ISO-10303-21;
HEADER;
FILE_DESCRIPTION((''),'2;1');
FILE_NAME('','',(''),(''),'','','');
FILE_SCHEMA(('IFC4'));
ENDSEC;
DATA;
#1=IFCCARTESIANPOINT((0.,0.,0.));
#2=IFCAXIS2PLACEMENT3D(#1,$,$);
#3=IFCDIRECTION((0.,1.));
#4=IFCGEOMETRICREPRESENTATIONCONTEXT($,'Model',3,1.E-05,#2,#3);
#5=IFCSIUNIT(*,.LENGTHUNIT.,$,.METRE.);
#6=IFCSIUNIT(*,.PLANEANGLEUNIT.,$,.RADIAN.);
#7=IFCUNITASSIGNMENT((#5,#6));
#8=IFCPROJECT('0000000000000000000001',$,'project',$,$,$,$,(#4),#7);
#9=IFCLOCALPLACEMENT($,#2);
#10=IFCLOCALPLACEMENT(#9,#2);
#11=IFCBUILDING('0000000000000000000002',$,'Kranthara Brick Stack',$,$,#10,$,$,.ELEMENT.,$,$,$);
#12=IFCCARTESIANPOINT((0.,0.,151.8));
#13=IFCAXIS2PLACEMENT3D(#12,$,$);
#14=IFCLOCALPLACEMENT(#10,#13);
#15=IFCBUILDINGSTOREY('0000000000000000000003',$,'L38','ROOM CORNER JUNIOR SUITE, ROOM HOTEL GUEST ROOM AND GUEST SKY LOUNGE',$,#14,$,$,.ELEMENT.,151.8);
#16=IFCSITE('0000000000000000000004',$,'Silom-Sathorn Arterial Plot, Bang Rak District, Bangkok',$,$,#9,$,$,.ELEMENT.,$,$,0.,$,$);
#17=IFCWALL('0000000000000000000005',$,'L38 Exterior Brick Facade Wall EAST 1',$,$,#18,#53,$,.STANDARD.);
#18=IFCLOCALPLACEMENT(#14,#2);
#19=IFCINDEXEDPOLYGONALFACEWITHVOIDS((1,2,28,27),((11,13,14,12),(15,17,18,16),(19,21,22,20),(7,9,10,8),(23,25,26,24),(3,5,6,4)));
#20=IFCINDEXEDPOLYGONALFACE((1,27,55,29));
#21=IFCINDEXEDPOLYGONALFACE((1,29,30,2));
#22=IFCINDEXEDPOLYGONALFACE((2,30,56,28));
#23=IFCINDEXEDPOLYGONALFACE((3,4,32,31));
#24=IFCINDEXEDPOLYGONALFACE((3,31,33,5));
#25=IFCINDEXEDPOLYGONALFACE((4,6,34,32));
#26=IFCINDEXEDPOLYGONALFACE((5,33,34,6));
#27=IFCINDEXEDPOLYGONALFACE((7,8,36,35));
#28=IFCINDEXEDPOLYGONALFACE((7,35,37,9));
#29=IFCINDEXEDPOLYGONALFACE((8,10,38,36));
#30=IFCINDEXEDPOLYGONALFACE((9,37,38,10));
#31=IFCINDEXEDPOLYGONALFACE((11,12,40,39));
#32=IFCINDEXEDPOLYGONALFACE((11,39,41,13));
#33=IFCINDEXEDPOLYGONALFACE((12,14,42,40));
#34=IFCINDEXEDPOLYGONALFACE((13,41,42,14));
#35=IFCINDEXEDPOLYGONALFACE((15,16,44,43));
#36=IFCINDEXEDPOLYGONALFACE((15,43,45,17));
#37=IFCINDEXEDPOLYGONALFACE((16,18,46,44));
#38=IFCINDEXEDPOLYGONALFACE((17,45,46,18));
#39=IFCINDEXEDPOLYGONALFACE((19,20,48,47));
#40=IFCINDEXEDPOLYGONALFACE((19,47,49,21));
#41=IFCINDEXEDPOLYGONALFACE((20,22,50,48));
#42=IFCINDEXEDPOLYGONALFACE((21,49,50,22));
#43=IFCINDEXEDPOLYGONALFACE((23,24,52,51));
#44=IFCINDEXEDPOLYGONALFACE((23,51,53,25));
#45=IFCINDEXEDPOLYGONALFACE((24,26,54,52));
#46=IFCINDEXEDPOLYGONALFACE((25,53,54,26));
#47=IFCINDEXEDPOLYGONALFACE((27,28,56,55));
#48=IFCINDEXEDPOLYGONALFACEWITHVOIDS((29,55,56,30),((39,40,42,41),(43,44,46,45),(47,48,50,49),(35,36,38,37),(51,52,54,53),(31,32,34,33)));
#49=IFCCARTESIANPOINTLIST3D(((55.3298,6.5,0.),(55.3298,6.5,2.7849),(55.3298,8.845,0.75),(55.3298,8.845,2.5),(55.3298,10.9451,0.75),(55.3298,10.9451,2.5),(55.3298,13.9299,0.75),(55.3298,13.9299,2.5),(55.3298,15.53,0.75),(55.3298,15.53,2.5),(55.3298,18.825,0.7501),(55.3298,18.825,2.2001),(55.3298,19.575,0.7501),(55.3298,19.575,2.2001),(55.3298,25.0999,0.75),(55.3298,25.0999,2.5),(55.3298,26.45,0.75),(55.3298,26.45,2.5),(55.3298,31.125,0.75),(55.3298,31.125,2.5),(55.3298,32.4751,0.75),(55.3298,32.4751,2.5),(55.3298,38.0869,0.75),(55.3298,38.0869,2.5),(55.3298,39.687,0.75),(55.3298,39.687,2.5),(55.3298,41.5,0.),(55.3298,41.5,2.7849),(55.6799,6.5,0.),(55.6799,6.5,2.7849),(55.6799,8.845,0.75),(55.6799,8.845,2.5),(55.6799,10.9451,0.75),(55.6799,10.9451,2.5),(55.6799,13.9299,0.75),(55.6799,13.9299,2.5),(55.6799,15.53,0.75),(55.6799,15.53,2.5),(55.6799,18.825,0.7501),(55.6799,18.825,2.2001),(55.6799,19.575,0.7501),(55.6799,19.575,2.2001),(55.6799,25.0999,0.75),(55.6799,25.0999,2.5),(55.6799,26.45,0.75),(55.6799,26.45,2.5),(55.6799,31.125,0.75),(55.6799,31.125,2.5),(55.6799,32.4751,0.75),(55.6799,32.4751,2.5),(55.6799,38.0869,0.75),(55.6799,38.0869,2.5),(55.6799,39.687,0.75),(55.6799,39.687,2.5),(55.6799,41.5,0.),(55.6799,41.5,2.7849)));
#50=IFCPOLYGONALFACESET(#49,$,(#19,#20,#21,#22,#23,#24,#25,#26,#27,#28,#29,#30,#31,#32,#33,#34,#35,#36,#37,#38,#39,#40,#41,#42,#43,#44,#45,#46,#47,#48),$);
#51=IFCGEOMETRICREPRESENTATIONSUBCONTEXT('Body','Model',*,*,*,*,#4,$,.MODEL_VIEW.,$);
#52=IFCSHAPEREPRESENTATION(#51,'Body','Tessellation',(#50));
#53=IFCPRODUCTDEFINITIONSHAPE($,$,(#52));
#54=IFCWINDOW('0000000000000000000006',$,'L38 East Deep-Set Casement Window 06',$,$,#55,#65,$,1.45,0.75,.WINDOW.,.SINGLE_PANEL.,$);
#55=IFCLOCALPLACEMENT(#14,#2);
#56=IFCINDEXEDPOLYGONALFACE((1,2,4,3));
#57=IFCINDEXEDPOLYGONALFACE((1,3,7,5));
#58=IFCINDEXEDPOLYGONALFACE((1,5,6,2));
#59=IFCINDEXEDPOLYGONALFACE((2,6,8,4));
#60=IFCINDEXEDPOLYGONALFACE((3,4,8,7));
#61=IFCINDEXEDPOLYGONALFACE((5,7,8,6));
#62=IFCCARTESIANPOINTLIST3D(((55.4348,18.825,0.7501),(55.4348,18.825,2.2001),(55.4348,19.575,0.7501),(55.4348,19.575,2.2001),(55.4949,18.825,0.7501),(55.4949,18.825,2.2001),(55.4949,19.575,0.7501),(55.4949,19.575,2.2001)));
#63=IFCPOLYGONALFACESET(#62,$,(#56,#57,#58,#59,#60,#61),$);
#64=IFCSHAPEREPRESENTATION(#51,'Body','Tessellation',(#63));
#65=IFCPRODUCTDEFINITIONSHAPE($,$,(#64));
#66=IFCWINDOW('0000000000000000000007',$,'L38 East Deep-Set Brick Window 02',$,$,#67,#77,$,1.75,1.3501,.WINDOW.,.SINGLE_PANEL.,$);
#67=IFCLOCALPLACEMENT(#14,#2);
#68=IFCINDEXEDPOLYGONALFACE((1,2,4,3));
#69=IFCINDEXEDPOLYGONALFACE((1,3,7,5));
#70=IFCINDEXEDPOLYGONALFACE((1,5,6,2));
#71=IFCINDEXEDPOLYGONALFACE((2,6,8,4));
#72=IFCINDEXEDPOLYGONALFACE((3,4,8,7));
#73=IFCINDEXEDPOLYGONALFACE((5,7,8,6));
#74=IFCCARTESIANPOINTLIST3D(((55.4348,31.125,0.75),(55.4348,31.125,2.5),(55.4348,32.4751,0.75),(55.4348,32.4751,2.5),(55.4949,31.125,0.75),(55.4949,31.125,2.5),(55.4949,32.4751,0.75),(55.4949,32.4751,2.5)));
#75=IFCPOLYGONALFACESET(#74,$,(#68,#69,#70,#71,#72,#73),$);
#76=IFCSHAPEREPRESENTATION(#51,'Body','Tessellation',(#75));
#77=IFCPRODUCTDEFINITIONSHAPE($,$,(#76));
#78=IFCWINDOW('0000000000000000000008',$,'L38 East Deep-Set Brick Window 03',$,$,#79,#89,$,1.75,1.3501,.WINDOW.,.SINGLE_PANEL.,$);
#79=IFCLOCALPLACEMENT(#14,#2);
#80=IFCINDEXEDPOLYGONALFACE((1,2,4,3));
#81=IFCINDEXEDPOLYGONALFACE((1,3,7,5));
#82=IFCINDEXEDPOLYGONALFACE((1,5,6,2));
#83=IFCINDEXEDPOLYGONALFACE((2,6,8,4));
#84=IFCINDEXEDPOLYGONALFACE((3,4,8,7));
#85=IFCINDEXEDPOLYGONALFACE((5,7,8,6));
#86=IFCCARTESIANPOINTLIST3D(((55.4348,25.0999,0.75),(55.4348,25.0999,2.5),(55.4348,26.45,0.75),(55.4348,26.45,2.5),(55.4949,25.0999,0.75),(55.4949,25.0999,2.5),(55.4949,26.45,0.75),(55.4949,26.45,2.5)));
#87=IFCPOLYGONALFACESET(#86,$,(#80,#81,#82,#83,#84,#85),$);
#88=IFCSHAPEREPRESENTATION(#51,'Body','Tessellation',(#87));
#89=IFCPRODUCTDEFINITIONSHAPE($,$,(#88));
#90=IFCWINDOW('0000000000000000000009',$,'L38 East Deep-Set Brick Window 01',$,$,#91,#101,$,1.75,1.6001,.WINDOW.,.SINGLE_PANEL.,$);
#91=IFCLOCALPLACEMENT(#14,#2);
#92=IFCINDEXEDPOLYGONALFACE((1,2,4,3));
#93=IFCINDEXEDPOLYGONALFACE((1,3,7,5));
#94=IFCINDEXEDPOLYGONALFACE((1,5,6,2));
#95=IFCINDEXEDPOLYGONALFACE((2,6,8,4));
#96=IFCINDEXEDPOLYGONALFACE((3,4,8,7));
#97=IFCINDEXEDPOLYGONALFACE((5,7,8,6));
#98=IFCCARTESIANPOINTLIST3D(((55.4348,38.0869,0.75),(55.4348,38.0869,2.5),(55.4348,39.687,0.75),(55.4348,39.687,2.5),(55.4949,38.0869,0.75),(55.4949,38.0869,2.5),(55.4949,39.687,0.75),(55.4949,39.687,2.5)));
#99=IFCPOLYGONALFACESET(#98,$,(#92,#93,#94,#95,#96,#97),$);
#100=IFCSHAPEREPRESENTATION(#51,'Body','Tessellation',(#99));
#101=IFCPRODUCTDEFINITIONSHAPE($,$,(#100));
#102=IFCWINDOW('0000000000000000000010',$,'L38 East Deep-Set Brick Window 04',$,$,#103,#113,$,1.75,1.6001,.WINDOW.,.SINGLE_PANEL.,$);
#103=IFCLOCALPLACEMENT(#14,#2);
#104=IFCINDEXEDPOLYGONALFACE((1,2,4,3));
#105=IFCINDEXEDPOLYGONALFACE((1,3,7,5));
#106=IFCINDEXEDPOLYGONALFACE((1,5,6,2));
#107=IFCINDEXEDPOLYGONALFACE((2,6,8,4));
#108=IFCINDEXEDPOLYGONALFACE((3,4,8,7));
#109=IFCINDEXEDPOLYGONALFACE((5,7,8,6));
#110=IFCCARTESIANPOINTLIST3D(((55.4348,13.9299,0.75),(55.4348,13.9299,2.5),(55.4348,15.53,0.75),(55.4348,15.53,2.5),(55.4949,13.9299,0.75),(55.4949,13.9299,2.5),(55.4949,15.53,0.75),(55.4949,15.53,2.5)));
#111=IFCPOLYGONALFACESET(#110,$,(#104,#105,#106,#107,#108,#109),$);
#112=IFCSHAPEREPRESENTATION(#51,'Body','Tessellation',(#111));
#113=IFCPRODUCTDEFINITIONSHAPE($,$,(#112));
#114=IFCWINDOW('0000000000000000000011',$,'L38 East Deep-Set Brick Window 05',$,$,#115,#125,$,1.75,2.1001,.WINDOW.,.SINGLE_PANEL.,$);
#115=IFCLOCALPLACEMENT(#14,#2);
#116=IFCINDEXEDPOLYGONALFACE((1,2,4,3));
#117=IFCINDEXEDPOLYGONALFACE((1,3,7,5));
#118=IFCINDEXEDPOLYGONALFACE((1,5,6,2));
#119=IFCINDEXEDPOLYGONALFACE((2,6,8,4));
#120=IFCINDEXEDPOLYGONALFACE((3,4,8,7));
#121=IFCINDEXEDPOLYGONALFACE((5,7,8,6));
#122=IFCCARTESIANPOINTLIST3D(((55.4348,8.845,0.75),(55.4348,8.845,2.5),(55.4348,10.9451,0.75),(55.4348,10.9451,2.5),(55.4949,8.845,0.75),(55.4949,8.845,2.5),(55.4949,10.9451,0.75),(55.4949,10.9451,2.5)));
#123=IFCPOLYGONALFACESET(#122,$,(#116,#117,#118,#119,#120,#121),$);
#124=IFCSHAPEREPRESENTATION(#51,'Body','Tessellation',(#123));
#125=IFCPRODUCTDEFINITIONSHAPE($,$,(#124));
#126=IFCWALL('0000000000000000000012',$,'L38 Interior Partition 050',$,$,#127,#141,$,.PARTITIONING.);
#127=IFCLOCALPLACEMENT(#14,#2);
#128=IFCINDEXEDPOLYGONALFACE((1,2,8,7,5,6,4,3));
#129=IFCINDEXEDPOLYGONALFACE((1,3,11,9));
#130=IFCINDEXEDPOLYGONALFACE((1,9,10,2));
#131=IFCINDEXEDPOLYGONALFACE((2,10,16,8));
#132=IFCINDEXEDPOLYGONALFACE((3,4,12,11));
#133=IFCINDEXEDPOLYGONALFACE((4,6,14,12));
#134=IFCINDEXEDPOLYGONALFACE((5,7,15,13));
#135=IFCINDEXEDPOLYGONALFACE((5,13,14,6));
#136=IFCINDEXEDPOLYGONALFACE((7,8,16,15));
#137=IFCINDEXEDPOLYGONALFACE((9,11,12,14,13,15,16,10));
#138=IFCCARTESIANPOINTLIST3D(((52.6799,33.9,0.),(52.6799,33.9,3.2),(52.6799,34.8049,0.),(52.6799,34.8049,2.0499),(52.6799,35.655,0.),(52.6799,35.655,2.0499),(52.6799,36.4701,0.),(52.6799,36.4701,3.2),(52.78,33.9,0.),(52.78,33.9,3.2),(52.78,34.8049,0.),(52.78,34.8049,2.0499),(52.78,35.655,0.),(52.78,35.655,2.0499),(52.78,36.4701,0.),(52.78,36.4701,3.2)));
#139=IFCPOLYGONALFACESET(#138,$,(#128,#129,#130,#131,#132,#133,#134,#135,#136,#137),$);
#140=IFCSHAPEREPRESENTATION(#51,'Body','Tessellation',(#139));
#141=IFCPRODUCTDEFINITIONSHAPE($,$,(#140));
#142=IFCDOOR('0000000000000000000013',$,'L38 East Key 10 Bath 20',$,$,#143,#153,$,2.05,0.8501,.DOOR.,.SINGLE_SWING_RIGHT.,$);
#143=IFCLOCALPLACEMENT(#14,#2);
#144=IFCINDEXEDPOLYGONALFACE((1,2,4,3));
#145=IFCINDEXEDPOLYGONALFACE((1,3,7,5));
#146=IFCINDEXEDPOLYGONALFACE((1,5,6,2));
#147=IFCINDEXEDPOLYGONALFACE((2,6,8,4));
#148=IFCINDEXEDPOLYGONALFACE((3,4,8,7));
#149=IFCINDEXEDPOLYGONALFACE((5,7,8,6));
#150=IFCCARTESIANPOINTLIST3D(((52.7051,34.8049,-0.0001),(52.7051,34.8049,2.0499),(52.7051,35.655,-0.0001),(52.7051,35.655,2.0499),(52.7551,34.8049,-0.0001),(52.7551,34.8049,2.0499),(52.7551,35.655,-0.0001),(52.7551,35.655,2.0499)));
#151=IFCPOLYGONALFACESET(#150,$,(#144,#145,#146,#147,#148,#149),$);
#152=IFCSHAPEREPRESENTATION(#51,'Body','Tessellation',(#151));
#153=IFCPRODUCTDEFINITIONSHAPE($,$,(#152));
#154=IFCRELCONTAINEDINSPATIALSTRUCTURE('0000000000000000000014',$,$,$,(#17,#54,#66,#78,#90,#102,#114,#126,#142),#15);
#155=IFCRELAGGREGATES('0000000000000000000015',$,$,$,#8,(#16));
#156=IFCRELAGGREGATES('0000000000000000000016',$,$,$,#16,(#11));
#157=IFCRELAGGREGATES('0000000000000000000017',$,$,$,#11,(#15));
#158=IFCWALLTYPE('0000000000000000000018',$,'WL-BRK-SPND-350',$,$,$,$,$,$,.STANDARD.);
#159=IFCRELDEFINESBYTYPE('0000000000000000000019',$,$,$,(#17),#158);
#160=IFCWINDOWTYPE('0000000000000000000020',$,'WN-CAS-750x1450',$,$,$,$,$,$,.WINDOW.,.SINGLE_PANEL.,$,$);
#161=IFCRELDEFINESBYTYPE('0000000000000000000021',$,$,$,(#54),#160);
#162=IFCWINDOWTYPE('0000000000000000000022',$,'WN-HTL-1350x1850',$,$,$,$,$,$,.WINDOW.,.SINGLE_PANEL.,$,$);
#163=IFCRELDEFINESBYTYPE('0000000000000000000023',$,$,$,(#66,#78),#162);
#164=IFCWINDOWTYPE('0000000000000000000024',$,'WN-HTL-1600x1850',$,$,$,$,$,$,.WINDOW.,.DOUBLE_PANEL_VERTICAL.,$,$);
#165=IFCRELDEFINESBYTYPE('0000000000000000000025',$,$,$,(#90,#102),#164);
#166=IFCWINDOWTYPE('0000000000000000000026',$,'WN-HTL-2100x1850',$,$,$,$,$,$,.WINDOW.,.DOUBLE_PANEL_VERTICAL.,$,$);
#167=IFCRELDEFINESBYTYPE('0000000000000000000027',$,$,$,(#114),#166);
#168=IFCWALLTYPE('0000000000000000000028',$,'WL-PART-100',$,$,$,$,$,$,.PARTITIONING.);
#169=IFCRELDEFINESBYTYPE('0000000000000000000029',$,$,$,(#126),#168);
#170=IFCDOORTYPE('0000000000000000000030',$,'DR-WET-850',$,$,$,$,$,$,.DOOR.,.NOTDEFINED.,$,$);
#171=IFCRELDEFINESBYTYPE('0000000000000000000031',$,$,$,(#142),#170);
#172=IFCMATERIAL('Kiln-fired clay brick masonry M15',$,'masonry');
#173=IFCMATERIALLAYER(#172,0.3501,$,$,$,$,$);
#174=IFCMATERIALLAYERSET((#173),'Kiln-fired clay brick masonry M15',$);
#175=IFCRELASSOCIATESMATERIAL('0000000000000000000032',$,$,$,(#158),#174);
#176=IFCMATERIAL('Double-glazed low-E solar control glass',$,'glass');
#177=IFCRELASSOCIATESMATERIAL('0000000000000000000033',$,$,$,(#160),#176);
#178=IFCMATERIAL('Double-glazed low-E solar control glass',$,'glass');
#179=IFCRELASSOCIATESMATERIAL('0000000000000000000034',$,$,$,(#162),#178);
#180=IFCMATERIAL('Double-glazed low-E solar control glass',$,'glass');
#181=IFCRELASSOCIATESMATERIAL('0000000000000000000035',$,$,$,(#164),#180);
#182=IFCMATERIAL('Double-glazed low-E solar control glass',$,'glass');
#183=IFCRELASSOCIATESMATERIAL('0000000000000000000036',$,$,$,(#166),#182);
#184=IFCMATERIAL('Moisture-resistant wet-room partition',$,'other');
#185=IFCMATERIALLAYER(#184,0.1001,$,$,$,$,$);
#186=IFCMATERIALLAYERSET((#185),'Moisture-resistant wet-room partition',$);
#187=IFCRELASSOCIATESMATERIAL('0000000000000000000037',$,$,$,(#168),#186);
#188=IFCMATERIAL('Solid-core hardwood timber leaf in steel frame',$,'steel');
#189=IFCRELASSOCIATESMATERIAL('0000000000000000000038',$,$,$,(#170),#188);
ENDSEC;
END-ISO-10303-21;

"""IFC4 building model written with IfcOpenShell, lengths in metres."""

from ifc_helpers import new_model, si_unit, direction, frame, frame_2d, origin, place, context, subcontext, project, spatial, rectangle, extrude, material, layer, layer_set, type_object, element, fill, save


model = new_model("IFC4")

# Units and contexts
model_context = context("Model", 3, precision=1e-05, world=origin(), true_north=direction((0.0, 1.0)))
body_context = subcontext(model_context, "Body", "Model", "MODEL_VIEW")
ifc_project = project(units=[si_unit("LENGTHUNIT", "METRE"), si_unit("PLANEANGLEUNIT", "RADIAN")], contexts=[model_context])

# Site, building, storey
site_placement = place(None, origin())
site = spatial("IfcSite", under=ifc_project, at=site_placement, Name="Silom-Sathorn Arterial Plot, Bang Rak District, Bangkok", CompositionType="ELEMENT", RefElevation=0.0)
building_placement = place(site_placement, origin())
building = spatial("IfcBuilding", under=site, at=building_placement, Name="Kranthara Brick Stack", CompositionType="ELEMENT")
storey_placement = place(building_placement, frame((0.0, 0.0, 151.8)))
storey = spatial("IfcBuildingStorey", under=building, at=storey_placement, Name="L38", Description="ROOM CORNER JUNIOR SUITE, ROOM HOTEL GUEST ROOM AND GUEST SKY LOUNGE", CompositionType="ELEMENT", Elevation=151.8)

# Shared definitions
ifc_material_1 = material(Name="Kiln-fired clay brick masonry M15", Category="masonry")
ifc_layer_1 = layer(ifc_material_1, 0.3501)
ifc_layer_set_1 = layer_set([ifc_layer_1], Name="Kiln-fired clay brick masonry M15")
wall_type_1 = type_object("IfcWallType", Name="WL-BRK-SPND-350", PredefinedType="STANDARD", material=ifc_layer_set_1)

# Wall, openings, windows
wall_1_placement = place(storey_placement, frame((55.5049, 41.5, 0.0), z_axis=(0.0, 0.0, 1.0), x_axis=(0.0, -1.0, 0.0)))
wall_1 = element("IfcWall", 1, at=wall_1_placement, inside=storey, type_object=wall_type_1, Name="L38 Exterior Brick Facade Wall EAST 1", PredefinedType="STANDARD", context=body_context, shape_type="SweptSolid", body=[
    extrude(rectangle(XDim=35.0, YDim=0.3501, at=frame_2d((17.5, 0.0))), origin(), (0.0, 0.0, 1.0), 2.7849),
])
opening_1_placement = place(wall_1_placement, frame((1.813, 0.0, 0.75)))
opening_1 = element("IfcOpeningElement", 2, at=opening_1_placement, cuts=wall_1, PredefinedType="OPENING", context=body_context, shape_type="SweptSolid", body=[
    extrude(rectangle(XDim=1.6001, YDim=1.75, at=frame_2d((0.8, 0.875))), frame((0.0, 0.1851, 0.0), z_axis=(0.0, -1.0, 0.0), x_axis=(1.0, 0.0, 0.0)), (0.0, 0.0, 1.0), 0.3701),
])
opening_2_placement = place(wall_1_placement, frame((9.0249, 0.0, 0.75)))
opening_2 = element("IfcOpeningElement", 3, at=opening_2_placement, cuts=wall_1, PredefinedType="OPENING", context=body_context, shape_type="SweptSolid", body=[
    extrude(rectangle(XDim=1.3501, YDim=1.75, at=frame_2d((0.675, 0.875))), frame((0.0, 0.1851, 0.0), z_axis=(0.0, -1.0, 0.0), x_axis=(1.0, 0.0, 0.0)), (0.0, 0.0, 1.0), 0.3701),
])
opening_3_placement = place(wall_1_placement, frame((15.05, 0.0, 0.75)))
opening_3 = element("IfcOpeningElement", 4, at=opening_3_placement, cuts=wall_1, PredefinedType="OPENING", context=body_context, shape_type="SweptSolid", body=[
    extrude(rectangle(XDim=1.3501, YDim=1.75, at=frame_2d((0.675, 0.875))), frame((0.0, 0.1851, 0.0), z_axis=(0.0, -1.0, 0.0), x_axis=(1.0, 0.0, 0.0)), (0.0, 0.0, 1.0), 0.3701),
])
opening_4_placement = place(wall_1_placement, frame((25.97, 0.0, 0.75)))
opening_4 = element("IfcOpeningElement", 5, at=opening_4_placement, cuts=wall_1, PredefinedType="OPENING", context=body_context, shape_type="SweptSolid", body=[
    extrude(rectangle(XDim=1.6001, YDim=1.75, at=frame_2d((0.8, 0.875))), frame((0.0, 0.1851, 0.0), z_axis=(0.0, -1.0, 0.0), x_axis=(1.0, 0.0, 0.0)), (0.0, 0.0, 1.0), 0.3701),
])
opening_5_placement = place(wall_1_placement, frame((30.5549, 0.0, 0.75)))
opening_5 = element("IfcOpeningElement", 6, at=opening_5_placement, cuts=wall_1, PredefinedType="OPENING", context=body_context, shape_type="SweptSolid", body=[
    extrude(rectangle(XDim=2.1001, YDim=1.75, at=frame_2d((1.05, 0.875))), frame((0.0, 0.1851, 0.0), z_axis=(0.0, -1.0, 0.0), x_axis=(1.0, 0.0, 0.0)), (0.0, 0.0, 1.0), 0.3701),
])
opening_6_placement = place(wall_1_placement, frame((21.925, 0.0, 0.75)))
opening_6 = element("IfcOpeningElement", 7, at=opening_6_placement, cuts=wall_1, PredefinedType="OPENING", context=body_context, shape_type="SweptSolid", body=[
    extrude(rectangle(XDim=0.75, YDim=1.45, at=frame_2d((0.375, 0.7251))), frame((0.0, 0.1851, 0.0), z_axis=(0.0, -1.0, 0.0), x_axis=(1.0, 0.0, 0.0)), (0.0, 0.0, 1.0), 0.3701),
])
ifc_material_2 = material(Name="Double-glazed low-E solar control glass", Category="glass")
window_type_1 = type_object("IfcWindowType", Name="WN-CAS-750x1450", PartitioningType="SINGLE_PANEL", PredefinedType="WINDOW", material=ifc_material_2)
window_1_placement = place(opening_6_placement, origin())
window_1 = element("IfcWindow", 8, at=window_1_placement, inside=storey, type_object=window_type_1, Name="L38 East Deep-Set Casement Window 06", OverallHeight=1.45, OverallWidth=0.75, PartitioningType="SINGLE_PANEL", PredefinedType="WINDOW", context=body_context, shape_type="SweptSolid", body=[
    extrude(rectangle(XDim=0.75, YDim=1.45, at=frame_2d((0.375, 0.7251))), frame((0.0, -0.01, 0.0), z_axis=(0.0, -1.0, 0.0), x_axis=(1.0, 0.0, 0.0)), (0.0, 0.0, 1.0), 0.0601),
])
fill(opening_6, window_1)
ifc_material_3 = material(Name="Double-glazed low-E solar control glass", Category="glass")
window_type_2 = type_object("IfcWindowType", Name="WN-HTL-1350x1850", PartitioningType="SINGLE_PANEL", PredefinedType="WINDOW", material=ifc_material_3)
window_2_placement = place(opening_2_placement, origin())
window_2 = element("IfcWindow", 9, at=window_2_placement, inside=storey, type_object=window_type_2, Name="L38 East Deep-Set Brick Window 02", OverallHeight=1.75, OverallWidth=1.3501, PartitioningType="SINGLE_PANEL", PredefinedType="WINDOW", context=body_context, shape_type="SweptSolid", body=[
    extrude(rectangle(XDim=1.3501, YDim=1.75, at=frame_2d((0.675, 0.875))), frame((0.0, -0.01, 0.0), z_axis=(0.0, -1.0, 0.0), x_axis=(1.0, 0.0, 0.0)), (0.0, 0.0, 1.0), 0.0601),
])
fill(opening_2, window_2)
window_3_placement = place(opening_3_placement, origin())
window_3 = element("IfcWindow", 10, at=window_3_placement, inside=storey, type_object=window_type_2, Name="L38 East Deep-Set Brick Window 03", OverallHeight=1.75, OverallWidth=1.3501, PartitioningType="SINGLE_PANEL", PredefinedType="WINDOW", context=body_context, shape_type="SweptSolid", body=[
    extrude(rectangle(XDim=1.3501, YDim=1.75, at=frame_2d((0.675, 0.875))), frame((0.0, -0.01, 0.0), z_axis=(0.0, -1.0, 0.0), x_axis=(1.0, 0.0, 0.0)), (0.0, 0.0, 1.0), 0.0601),
])
fill(opening_3, window_3)
ifc_material_4 = material(Name="Double-glazed low-E solar control glass", Category="glass")
window_type_3 = type_object("IfcWindowType", Name="WN-HTL-1600x1850", PartitioningType="DOUBLE_PANEL_VERTICAL", PredefinedType="WINDOW", material=ifc_material_4)
window_4_placement = place(opening_1_placement, origin())
window_4 = element("IfcWindow", 11, at=window_4_placement, inside=storey, type_object=window_type_3, Name="L38 East Deep-Set Brick Window 01", OverallHeight=1.75, OverallWidth=1.6001, PartitioningType="SINGLE_PANEL", PredefinedType="WINDOW", context=body_context, shape_type="SweptSolid", body=[
    extrude(rectangle(XDim=1.6001, YDim=1.75, at=frame_2d((0.8, 0.875))), frame((0.0, -0.01, 0.0), z_axis=(0.0, -1.0, 0.0), x_axis=(1.0, 0.0, 0.0)), (0.0, 0.0, 1.0), 0.0601),
])
fill(opening_1, window_4)
window_5_placement = place(opening_4_placement, origin())
window_5 = element("IfcWindow", 12, at=window_5_placement, inside=storey, type_object=window_type_3, Name="L38 East Deep-Set Brick Window 04", OverallHeight=1.75, OverallWidth=1.6001, PartitioningType="SINGLE_PANEL", PredefinedType="WINDOW", context=body_context, shape_type="SweptSolid", body=[
    extrude(rectangle(XDim=1.6001, YDim=1.75, at=frame_2d((0.8, 0.875))), frame((0.0, -0.01, 0.0), z_axis=(0.0, -1.0, 0.0), x_axis=(1.0, 0.0, 0.0)), (0.0, 0.0, 1.0), 0.0601),
])
fill(opening_4, window_5)
ifc_material_5 = material(Name="Double-glazed low-E solar control glass", Category="glass")
window_type_4 = type_object("IfcWindowType", Name="WN-HTL-2100x1850", PartitioningType="DOUBLE_PANEL_VERTICAL", PredefinedType="WINDOW", material=ifc_material_5)
window_6_placement = place(opening_5_placement, origin())
window_6 = element("IfcWindow", 13, at=window_6_placement, inside=storey, type_object=window_type_4, Name="L38 East Deep-Set Brick Window 05", OverallHeight=1.75, OverallWidth=2.1001, PartitioningType="SINGLE_PANEL", PredefinedType="WINDOW", context=body_context, shape_type="SweptSolid", body=[
    extrude(rectangle(XDim=2.1001, YDim=1.75, at=frame_2d((1.05, 0.875))), frame((0.0, -0.01, 0.0), z_axis=(0.0, -1.0, 0.0), x_axis=(1.0, 0.0, 0.0)), (0.0, 0.0, 1.0), 0.0601),
])
fill(opening_5, window_6)

# Wall, opening, door
ifc_material_6 = material(Name="Moisture-resistant wet-room partition", Category="other")
ifc_layer_2 = layer(ifc_material_6, 0.1001)
ifc_layer_set_2 = layer_set([ifc_layer_2], Name="Moisture-resistant wet-room partition")
wall_type_2 = type_object("IfcWallType", Name="WL-PART-100", PredefinedType="PARTITIONING", material=ifc_layer_set_2)
wall_2_placement = place(storey_placement, frame((52.73, 33.8999, 0.0), z_axis=(0.0, 0.0, 1.0), x_axis=(0.0, 1.0, 0.0)))
wall_2 = element("IfcWall", 14, at=wall_2_placement, inside=storey, type_object=wall_type_2, Name="L38 Interior Partition 050", PredefinedType="PARTITIONING", context=body_context, shape_type="SweptSolid", body=[
    extrude(rectangle(XDim=2.5701, YDim=0.1001, at=frame_2d((1.2852, 0.0))), origin(), (0.0, 0.0, 1.0), 3.2),
])
opening_7_placement = place(wall_2_placement, frame((0.905, 0.0, 0.0)))
opening_7 = element("IfcOpeningElement", 15, at=opening_7_placement, cuts=wall_2, PredefinedType="OPENING", context=body_context, shape_type="SweptSolid", body=[
    extrude(rectangle(XDim=0.8501, YDim=2.05, at=frame_2d((0.425, 1.0249))), frame((0.0, 0.0601, 0.0), z_axis=(0.0, -1.0, 0.0), x_axis=(1.0, 0.0, 0.0)), (0.0, 0.0, 1.0), 0.1201),
])
ifc_material_7 = material(Name="Solid-core hardwood timber leaf in steel frame", Category="steel")
door_type = type_object("IfcDoorType", Name="DR-WET-850", OperationType="NOTDEFINED", PredefinedType="DOOR", material=ifc_material_7)
door_placement = place(opening_7_placement, origin())
door = element("IfcDoor", 16, at=door_placement, inside=storey, type_object=door_type, Name="L38 East Key 10 Bath 20", OperationType="SINGLE_SWING_RIGHT", OverallHeight=2.05, OverallWidth=0.8501, PredefinedType="DOOR", context=body_context, shape_type="SweptSolid", body=[
    extrude(rectangle(XDim=0.8501, YDim=2.05, at=frame_2d((0.425, 1.0249))), frame((0.0, 0.0249, 0.0), z_axis=(0.0, -1.0, 0.0), x_axis=(1.0, 0.0, 0.0)), (0.0, 0.0, 1.0), 0.05),
])
fill(opening_7, door)

save(model, "model.ifc")
